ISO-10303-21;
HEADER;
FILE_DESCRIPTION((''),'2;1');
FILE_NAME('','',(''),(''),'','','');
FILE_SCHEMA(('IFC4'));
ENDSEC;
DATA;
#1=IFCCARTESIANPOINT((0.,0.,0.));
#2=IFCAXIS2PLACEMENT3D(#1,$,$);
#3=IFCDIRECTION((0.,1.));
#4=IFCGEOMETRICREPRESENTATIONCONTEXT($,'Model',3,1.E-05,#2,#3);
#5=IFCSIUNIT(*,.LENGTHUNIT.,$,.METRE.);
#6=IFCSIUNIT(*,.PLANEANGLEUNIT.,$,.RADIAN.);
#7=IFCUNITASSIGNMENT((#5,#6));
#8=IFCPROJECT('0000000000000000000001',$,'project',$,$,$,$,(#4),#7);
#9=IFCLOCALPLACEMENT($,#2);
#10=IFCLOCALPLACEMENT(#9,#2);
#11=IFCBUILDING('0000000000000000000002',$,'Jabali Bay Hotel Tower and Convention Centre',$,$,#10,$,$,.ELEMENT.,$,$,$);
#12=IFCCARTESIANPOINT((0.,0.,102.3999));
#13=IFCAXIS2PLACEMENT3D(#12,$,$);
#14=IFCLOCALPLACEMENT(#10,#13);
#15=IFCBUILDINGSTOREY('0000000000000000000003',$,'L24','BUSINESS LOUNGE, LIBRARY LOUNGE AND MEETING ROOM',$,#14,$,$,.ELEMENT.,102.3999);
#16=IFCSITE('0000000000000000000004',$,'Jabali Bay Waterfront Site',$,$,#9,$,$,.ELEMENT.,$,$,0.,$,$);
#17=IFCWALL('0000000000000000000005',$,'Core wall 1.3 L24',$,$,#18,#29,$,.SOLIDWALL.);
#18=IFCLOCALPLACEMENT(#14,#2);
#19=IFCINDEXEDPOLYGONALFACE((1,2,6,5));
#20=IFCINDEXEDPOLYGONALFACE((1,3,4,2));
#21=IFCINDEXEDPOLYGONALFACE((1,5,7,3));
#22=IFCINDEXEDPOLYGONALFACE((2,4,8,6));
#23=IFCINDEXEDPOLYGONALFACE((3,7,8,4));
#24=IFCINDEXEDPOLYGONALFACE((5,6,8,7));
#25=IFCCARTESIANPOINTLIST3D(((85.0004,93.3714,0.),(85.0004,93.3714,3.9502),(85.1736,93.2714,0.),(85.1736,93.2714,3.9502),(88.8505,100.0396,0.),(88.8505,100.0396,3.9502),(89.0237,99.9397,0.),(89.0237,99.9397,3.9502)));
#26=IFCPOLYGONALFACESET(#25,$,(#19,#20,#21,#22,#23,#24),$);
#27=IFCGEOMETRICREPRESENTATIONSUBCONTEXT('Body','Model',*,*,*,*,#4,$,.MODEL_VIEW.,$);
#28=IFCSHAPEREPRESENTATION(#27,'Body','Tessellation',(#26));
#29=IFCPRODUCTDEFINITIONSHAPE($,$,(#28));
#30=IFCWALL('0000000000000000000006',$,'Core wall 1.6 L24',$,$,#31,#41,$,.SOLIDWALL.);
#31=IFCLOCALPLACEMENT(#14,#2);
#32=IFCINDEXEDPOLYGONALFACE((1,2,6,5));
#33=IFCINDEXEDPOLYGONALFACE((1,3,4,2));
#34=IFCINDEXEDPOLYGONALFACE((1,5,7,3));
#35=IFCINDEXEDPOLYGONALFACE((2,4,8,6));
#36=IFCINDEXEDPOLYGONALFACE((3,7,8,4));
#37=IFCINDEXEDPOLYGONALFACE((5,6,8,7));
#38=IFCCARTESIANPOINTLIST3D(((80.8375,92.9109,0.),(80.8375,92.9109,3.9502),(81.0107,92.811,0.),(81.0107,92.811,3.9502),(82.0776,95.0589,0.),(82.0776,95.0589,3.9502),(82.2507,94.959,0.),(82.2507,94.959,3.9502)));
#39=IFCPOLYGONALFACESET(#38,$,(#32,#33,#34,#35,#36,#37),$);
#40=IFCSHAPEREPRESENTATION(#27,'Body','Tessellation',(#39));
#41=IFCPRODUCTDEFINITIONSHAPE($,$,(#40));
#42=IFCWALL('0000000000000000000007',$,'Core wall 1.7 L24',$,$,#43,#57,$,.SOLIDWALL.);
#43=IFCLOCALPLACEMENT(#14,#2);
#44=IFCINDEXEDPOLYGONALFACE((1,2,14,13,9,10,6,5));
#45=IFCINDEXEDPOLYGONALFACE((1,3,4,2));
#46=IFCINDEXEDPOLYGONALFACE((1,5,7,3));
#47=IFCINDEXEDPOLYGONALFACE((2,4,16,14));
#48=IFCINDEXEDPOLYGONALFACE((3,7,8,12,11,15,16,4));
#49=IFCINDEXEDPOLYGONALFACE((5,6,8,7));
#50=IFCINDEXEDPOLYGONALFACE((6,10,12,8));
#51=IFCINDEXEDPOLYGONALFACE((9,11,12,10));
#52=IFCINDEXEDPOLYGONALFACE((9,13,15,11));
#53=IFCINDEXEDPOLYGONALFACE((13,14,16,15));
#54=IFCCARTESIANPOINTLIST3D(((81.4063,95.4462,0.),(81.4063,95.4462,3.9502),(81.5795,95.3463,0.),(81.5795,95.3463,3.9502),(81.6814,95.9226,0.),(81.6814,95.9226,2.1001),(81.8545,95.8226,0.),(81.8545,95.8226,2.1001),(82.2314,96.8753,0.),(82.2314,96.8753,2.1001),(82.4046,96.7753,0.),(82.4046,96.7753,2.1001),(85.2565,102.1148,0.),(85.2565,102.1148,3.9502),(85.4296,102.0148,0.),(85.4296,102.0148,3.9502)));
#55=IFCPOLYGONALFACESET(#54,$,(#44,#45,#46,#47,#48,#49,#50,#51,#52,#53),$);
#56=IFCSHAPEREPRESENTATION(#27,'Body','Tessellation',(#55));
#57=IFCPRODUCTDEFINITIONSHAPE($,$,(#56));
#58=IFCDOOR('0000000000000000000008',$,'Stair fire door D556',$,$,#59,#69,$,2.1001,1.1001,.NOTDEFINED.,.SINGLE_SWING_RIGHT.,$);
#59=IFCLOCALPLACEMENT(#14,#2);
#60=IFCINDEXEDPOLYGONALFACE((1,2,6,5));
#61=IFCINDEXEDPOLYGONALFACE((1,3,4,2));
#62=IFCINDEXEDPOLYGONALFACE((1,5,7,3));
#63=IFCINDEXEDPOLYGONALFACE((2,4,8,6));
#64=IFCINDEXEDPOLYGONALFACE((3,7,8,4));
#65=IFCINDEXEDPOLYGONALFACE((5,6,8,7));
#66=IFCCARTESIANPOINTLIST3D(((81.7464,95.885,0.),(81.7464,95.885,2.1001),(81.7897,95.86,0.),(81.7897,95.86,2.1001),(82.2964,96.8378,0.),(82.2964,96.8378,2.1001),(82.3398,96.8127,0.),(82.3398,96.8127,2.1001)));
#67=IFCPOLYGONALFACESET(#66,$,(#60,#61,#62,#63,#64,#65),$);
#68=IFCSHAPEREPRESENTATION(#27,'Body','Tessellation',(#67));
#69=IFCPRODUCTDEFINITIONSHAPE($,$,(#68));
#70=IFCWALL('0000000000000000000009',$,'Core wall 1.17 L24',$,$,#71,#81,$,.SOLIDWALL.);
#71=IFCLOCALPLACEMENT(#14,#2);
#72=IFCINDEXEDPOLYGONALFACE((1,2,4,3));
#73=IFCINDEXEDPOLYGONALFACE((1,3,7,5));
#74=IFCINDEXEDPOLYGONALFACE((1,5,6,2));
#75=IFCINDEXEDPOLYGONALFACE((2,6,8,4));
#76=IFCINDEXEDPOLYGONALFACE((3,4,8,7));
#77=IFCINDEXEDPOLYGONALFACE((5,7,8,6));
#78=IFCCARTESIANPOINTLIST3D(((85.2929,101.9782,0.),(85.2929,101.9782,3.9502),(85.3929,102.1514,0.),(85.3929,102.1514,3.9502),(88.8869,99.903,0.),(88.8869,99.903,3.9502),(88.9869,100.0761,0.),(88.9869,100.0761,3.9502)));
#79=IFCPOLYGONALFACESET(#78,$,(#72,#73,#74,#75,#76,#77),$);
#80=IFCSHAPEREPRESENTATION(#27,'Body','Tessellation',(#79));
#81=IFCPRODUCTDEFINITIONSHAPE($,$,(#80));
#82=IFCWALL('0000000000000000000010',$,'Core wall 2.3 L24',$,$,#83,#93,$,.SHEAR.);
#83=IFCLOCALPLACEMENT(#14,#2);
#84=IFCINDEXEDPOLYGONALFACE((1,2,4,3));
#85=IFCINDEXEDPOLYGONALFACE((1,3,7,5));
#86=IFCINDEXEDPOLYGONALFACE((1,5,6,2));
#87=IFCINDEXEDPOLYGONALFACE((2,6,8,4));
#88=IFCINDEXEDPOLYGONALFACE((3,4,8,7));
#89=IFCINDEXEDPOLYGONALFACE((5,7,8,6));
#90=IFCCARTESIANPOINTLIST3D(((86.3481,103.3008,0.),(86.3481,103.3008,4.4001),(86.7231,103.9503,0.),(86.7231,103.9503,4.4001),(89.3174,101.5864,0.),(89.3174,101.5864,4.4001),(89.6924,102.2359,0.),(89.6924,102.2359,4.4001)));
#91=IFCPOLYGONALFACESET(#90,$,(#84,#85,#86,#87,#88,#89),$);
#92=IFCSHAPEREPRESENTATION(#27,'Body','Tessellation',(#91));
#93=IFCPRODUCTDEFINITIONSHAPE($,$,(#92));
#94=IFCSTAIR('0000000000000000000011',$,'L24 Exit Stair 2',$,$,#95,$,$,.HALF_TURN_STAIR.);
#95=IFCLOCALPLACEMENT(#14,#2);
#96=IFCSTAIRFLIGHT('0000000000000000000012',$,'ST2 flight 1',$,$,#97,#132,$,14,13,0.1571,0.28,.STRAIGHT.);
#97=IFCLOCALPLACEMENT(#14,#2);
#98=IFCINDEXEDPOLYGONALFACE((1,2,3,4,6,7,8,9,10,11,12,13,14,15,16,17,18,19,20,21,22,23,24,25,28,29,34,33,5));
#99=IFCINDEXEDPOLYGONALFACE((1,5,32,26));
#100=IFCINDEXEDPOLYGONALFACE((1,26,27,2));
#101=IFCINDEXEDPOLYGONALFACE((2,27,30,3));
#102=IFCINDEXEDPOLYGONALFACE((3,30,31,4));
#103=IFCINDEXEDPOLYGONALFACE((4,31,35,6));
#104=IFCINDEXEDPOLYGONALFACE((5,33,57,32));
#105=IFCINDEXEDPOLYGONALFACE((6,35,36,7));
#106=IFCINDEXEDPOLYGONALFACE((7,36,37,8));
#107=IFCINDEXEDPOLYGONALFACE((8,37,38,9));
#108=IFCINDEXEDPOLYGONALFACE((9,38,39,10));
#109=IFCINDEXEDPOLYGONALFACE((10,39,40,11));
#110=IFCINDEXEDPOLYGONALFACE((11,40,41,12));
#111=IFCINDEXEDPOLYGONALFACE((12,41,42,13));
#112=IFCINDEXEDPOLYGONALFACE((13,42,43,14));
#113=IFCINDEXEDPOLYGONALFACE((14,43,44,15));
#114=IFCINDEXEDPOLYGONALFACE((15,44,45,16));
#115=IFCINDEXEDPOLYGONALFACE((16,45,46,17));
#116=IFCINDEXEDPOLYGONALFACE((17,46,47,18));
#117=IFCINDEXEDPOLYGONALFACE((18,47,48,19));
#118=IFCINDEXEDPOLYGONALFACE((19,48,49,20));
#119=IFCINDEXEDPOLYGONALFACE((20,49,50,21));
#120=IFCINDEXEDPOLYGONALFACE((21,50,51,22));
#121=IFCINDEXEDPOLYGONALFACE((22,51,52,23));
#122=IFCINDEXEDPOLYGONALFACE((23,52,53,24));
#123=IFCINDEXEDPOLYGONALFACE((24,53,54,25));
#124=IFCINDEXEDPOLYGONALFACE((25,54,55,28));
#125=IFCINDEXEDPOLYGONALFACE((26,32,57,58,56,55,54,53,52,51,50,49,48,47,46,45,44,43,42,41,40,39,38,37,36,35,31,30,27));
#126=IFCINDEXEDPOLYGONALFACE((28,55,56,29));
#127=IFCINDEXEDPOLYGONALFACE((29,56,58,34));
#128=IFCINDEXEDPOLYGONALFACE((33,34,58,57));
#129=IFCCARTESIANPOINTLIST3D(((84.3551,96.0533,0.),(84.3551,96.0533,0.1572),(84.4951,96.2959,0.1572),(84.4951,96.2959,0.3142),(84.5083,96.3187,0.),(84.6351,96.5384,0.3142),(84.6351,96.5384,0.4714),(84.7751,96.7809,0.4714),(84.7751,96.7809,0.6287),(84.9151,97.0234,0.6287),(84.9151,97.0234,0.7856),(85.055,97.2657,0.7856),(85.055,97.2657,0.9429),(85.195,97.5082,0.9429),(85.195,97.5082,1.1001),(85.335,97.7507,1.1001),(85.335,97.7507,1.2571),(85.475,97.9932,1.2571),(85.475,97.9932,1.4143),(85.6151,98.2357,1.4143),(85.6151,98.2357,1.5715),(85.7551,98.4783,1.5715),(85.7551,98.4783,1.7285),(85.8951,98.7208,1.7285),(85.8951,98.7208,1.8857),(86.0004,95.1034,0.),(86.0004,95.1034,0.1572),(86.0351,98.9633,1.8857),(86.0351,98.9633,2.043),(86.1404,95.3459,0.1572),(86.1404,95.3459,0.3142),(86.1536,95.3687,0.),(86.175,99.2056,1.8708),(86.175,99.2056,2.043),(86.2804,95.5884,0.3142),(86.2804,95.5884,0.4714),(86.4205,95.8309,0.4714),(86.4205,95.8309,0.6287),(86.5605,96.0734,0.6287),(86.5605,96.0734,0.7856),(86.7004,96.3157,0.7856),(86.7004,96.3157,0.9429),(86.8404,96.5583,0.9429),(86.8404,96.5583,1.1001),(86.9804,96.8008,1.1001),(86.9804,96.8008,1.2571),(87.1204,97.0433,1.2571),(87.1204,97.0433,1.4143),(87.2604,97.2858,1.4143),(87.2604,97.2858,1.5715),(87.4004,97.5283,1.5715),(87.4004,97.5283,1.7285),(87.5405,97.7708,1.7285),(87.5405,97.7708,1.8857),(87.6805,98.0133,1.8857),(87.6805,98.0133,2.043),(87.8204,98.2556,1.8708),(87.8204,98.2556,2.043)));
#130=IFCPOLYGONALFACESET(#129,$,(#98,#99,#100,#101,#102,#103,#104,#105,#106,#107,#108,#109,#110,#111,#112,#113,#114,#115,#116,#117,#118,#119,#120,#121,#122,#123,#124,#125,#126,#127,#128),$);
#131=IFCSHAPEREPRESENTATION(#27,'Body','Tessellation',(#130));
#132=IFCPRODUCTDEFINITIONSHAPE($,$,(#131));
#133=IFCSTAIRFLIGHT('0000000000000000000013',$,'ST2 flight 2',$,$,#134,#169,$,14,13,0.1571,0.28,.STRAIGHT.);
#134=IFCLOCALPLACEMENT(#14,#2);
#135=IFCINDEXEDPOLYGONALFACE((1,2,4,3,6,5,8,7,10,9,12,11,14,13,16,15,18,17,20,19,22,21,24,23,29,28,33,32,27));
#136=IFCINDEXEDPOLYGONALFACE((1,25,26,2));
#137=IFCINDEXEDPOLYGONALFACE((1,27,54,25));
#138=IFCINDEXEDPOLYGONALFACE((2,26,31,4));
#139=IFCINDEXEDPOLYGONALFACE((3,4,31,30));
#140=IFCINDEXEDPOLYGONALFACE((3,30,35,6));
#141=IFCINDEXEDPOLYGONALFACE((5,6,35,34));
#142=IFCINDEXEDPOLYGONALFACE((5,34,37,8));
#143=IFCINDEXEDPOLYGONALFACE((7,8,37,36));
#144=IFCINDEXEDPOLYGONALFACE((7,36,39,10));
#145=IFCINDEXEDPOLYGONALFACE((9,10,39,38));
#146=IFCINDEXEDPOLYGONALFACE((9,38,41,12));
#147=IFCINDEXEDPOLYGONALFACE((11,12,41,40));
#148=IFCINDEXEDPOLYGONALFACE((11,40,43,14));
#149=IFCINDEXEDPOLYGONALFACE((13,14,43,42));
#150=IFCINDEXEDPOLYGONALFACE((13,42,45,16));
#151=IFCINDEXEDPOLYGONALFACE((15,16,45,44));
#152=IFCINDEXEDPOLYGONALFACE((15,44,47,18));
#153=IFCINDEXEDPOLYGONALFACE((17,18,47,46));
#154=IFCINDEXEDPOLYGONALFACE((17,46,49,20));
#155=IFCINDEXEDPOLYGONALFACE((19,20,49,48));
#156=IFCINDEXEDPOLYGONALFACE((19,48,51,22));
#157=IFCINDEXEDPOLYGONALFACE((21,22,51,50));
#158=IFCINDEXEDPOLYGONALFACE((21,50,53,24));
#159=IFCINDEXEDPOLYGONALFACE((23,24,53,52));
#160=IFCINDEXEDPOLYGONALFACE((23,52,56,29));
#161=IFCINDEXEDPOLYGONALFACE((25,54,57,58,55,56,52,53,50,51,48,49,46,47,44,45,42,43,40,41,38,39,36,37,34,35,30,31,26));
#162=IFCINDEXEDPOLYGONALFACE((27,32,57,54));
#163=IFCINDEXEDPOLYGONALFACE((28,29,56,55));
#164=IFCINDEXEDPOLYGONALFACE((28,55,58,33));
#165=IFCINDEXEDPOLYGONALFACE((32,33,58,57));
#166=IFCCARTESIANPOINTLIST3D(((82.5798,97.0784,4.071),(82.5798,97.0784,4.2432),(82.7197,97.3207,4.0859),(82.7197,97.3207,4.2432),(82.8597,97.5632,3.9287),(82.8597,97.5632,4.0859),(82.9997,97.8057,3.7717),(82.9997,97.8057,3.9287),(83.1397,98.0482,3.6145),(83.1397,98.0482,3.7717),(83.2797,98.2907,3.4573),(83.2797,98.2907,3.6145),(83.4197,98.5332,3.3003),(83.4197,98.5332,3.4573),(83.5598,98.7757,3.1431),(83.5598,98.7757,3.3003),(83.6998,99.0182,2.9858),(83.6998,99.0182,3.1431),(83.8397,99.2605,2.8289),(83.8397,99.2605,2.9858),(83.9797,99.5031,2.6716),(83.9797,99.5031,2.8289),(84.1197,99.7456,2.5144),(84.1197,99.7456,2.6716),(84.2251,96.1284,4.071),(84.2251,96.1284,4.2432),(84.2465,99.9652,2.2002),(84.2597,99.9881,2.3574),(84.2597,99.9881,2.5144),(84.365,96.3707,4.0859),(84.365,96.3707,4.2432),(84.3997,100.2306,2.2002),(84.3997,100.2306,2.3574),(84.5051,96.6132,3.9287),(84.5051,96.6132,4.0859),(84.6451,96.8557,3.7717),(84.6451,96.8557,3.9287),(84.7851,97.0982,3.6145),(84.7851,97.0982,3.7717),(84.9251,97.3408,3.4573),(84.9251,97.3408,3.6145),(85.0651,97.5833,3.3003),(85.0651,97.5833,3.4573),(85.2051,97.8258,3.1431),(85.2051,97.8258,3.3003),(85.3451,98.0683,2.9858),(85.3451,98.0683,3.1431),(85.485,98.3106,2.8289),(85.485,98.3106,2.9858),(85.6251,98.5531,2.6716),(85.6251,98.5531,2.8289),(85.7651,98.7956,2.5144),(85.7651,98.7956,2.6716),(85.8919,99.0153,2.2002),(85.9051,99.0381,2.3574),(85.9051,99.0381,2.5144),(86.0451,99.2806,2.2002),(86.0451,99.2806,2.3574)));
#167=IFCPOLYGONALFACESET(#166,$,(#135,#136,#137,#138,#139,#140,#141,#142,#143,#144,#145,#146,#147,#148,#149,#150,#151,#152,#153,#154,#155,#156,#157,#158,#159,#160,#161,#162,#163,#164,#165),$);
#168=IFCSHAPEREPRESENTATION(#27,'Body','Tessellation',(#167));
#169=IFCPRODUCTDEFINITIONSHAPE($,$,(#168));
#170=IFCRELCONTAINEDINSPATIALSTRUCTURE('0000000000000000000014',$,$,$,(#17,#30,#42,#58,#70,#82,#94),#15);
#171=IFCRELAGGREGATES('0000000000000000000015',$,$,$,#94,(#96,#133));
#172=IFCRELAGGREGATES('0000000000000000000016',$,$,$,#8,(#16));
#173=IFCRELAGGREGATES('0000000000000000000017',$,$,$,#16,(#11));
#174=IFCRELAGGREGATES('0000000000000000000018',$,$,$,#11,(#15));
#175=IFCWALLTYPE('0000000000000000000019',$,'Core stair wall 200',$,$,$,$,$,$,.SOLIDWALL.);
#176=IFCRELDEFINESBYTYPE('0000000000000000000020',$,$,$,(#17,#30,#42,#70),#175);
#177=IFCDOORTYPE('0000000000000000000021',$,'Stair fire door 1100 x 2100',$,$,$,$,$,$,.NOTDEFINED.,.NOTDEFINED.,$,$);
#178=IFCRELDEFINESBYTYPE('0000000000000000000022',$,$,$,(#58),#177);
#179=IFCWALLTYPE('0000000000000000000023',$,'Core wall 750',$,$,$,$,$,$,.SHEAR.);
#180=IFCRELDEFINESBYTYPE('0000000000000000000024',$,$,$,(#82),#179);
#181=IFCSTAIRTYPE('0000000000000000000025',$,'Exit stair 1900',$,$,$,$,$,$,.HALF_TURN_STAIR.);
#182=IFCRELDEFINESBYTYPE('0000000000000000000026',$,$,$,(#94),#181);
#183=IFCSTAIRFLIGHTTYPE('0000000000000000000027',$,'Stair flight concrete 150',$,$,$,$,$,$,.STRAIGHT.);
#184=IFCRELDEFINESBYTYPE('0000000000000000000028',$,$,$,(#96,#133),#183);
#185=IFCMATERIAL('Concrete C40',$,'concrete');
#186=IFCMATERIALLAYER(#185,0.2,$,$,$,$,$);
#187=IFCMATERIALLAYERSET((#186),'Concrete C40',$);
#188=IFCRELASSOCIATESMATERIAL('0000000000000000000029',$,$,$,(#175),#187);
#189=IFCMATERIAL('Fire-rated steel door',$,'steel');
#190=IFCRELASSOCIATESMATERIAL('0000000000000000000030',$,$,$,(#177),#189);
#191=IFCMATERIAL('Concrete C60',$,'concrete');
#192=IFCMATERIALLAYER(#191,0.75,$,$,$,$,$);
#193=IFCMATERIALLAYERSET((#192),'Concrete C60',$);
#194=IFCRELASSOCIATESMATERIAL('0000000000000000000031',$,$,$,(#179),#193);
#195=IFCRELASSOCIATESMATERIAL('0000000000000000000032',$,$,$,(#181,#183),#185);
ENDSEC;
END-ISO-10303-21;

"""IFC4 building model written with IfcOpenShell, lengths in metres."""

from ifc_helpers import new_model, si_unit, direction, frame, frame_2d, origin, place, context, subcontext, project, spatial, polyline, rectangle, outline, extrude, material, layer, layer_set, type_object, element, fill, aggregate, save


model = new_model("IFC4")

# Units and contexts
model_context = context("Model", 3, precision=1e-05, world=origin(), true_north=direction((0.0, 1.0)))
body_context = subcontext(model_context, "Body", "Model", "MODEL_VIEW")
ifc_project = project(units=[si_unit("LENGTHUNIT", "METRE"), si_unit("PLANEANGLEUNIT", "RADIAN")], contexts=[model_context])

# Site, building, storey
site_placement = place(None, origin())
site = spatial("IfcSite", under=ifc_project, at=site_placement, Name="Jabali Bay Waterfront Site", CompositionType="ELEMENT", RefElevation=0.0)
building_placement = place(site_placement, origin())
building = spatial("IfcBuilding", under=site, at=building_placement, Name="Jabali Bay Hotel Tower and Convention Centre", CompositionType="ELEMENT")
storey_placement = place(building_placement, frame((0.0, 0.0, 102.3999)))
storey = spatial("IfcBuildingStorey", under=building, at=storey_placement, Name="L24", Description="BUSINESS LOUNGE, LIBRARY LOUNGE AND MEETING ROOM", CompositionType="ELEMENT", Elevation=102.3999)

# Shared definitions
ifc_material_1 = material(Name="Concrete C40", Category="concrete")

# Shared definitions
ifc_material_2 = material(Name="Fire-rated steel door", Category="steel")

# Walls
ifc_layer_1 = layer(ifc_material_1, 0.2)
ifc_layer_set_1 = layer_set([ifc_layer_1], Name="Concrete C40")
wall_type_1 = type_object("IfcWallType", Name="Core stair wall 200", PredefinedType="SOLIDWALL", material=ifc_layer_set_1)
wall_1_placement = place(storey_placement, frame((85.0869, 93.3213, 0.0), z_axis=(0.0, 0.0, 1.0), x_axis=(0.50002, 0.866014, 0.0)))
element("IfcWall", 1, at=wall_1_placement, inside=storey, type_object=wall_type_1, Name="Core wall 1.3 L24", PredefinedType="SOLIDWALL", context=body_context, shape_type="SweptSolid", body=[
    extrude(rectangle(XDim=7.7, YDim=0.2, at=frame_2d((3.8501, 0.0))), origin(), (0.0, 0.0, 1.0), 3.9502),
])
wall_2_placement = place(storey_placement, frame((80.9241, 92.8608, 0.0), z_axis=(0.0, 0.0, 1.0), x_axis=(0.499961, 0.866048, 0.0)))
element("IfcWall", 2, at=wall_2_placement, inside=storey, type_object=wall_type_1, Name="Core wall 1.6 L24", PredefinedType="SOLIDWALL", context=body_context, shape_type="SweptSolid", body=[
    extrude(rectangle(XDim=2.4802, YDim=0.2, at=frame_2d((1.2402, 0.0))), origin(), (0.0, 0.0, 1.0), 3.9502),
])

# Wall, opening, door
wall_3_placement = place(storey_placement, frame((81.4929, 95.3962, 0.0), z_axis=(0.0, 0.0, 1.0), x_axis=(0.500006, 0.866022, 0.0)))
wall_3 = element("IfcWall", 3, at=wall_3_placement, inside=storey, type_object=wall_type_1, Name="Core wall 1.7 L24", PredefinedType="SOLIDWALL", context=body_context, shape_type="SweptSolid", body=[
    extrude(rectangle(XDim=7.7002, YDim=0.2, at=frame_2d((3.8501, 0.0))), origin(), (0.0, 0.0, 1.0), 3.9502),
])
opening_1_placement = place(wall_3_placement, frame((0.55, 0.0, 0.0)))
opening_1 = element("IfcOpeningElement", 4, at=opening_1_placement, cuts=wall_3, PredefinedType="OPENING", context=body_context, shape_type="SweptSolid", body=[
    extrude(rectangle(XDim=1.1001, YDim=2.1001, at=frame_2d((0.55, 1.05))), frame((0.0, 0.1104, 0.0), z_axis=(0.0, -1.0, 0.0), x_axis=(1.0, 0.0, 0.0)), (0.0, 0.0, 1.0), 0.2209),
])
door_type_1 = type_object("IfcDoorType", Name="Stair fire door 1100 x 2100", OperationType="NOTDEFINED", PredefinedType="NOTDEFINED", material=ifc_material_2)
door_1_placement = place(opening_1_placement, origin())
door_1 = element("IfcDoor", 5, at=door_1_placement, inside=storey, type_object=door_type_1, Name="Stair fire door D556", OperationType="SINGLE_SWING_RIGHT", OverallHeight=2.1001, OverallWidth=1.1001, PredefinedType="NOTDEFINED", context=body_context, shape_type="SweptSolid", body=[
    extrude(rectangle(XDim=1.1001, YDim=2.1001, at=frame_2d((0.55, 1.05))), frame((0.0, 0.0249, 0.0), z_axis=(0.0, -1.0, 0.0), x_axis=(1.0, 0.0, 0.0)), (0.0, 0.0, 1.0), 0.05),
])
fill(opening_1, door_1)

# Walls
wall_4_placement = place(storey_placement, frame((88.937, 99.9895, 0.0), z_axis=(0.0, 0.0, 1.0), x_axis=(-0.866004, 0.500036, 0.0)))
element("IfcWall", 6, at=wall_4_placement, inside=storey, type_object=wall_type_1, Name="Core wall 1.17 L24", PredefinedType="SOLIDWALL", context=body_context, shape_type="SweptSolid", body=[
    extrude(rectangle(XDim=4.1501, YDim=0.2, at=frame_2d((2.0752, 0.0))), origin(), (0.0, 0.0, 1.0), 3.9502),
])
ifc_material_3 = material(Name="Concrete C60", Category="concrete")
ifc_layer_2 = layer(ifc_material_3, 0.75)
ifc_layer_set_2 = layer_set([ifc_layer_2], Name="Concrete C60")
wall_type_2 = type_object("IfcWallType", Name="Core wall 750", PredefinedType="SHEAR", material=ifc_layer_set_2)
wall_5_placement = place(storey_placement, frame((89.5049, 101.9111, 0.0), z_axis=(0.0, 0.0, 1.0), x_axis=(-0.866017, 0.500014, 0.0)))
element("IfcWall", 7, at=wall_5_placement, inside=storey, type_object=wall_type_2, Name="Core wall 2.3 L24", PredefinedType="SHEAR", context=body_context, shape_type="SweptSolid", body=[
    extrude(rectangle(XDim=3.4287, YDim=0.75, at=frame_2d((1.7144, 0.0))), origin(), (0.0, 0.0, 1.0), 4.4001),
])

# Stair, stair flights
stair_type = type_object("IfcStairType", Name="Exit stair 1900", PredefinedType="HALF_TURN_STAIR", material=ifc_material_1)
stair_placement = place(storey_placement, origin())
stair = element("IfcStair", 8, at=stair_placement, inside=storey, type_object=stair_type, Name="L24 Exit Stair 2", PredefinedType="HALF_TURN_STAIR")
stair_flight_type = type_object("IfcStairFlightType", Name="Stair flight concrete 150", PredefinedType="STRAIGHT", material=ifc_material_1)
stair_flight_1_placement = place(storey_placement, frame((85.1777, 95.5784, 0.0), z_axis=(0.0, 0.0, 1.0), x_axis=(0.5, 0.866025, 0.0)))
stair_flight_1 = element("IfcStairFlight", 9, at=stair_flight_1_placement, type_object=stair_flight_type, Name="ST2 flight 1", NumberOfRisers=14, NumberOfTreads=13, PredefinedType="STRAIGHT", RiserHeight=0.1571, TreadLength=0.28, context=body_context, shape_type="SweptSolid", body=[
    extrude(outline(polyline([(0.0, 0.0), (0.0, 0.1572), (0.28, 0.1572), (0.28, 0.3142), (0.5601, 0.3142), (0.5601, 0.4714), (0.8401, 0.4714), (0.8401, 0.6287), (1.1201, 0.6287), (1.1201, 0.7856), (1.3999, 0.7856), (1.3999, 0.9429), (1.6799, 0.9429), (1.6799, 1.1001), (1.96, 1.1001), (1.96, 1.2571), (2.24, 1.2571), (2.24, 1.4143), (2.52, 1.4143), (2.52, 1.5715), (2.8, 1.5715), (2.8, 1.7285), (3.0801, 1.7285), (3.0801, 1.8857), (3.3601, 1.8857), (3.3601, 2.043), (3.6399, 2.043), (3.6399, 2.2), (3.6399, 1.8708), (0.3064, 0.0), (0.0, 0.0)])), frame((0.0, 0.95, 0.0), z_axis=(0.0, -1.0, 0.0), x_axis=(1.0, 0.0, 0.0)), (0.0, 0.0, 1.0), 1.8999),
])
stair_flight_2_placement = place(storey_placement, frame((85.2224, 99.7556, 2.2002), z_axis=(0.0, 0.0, 1.0), x_axis=(-0.5, -0.866025, 0.0)))
stair_flight_2 = element("IfcStairFlight", 10, at=stair_flight_2_placement, type_object=stair_flight_type, Name="ST2 flight 2", NumberOfRisers=14, NumberOfTreads=13, PredefinedType="STRAIGHT", RiserHeight=0.1571, TreadLength=0.28, context=body_context, shape_type="SweptSolid", body=[
    extrude(outline(polyline([(0.0, 0.0), (0.0, 0.1572), (0.28, 0.1572), (0.28, 0.3142), (0.5601, 0.3142), (0.5601, 0.4714), (0.8401, 0.4714), (0.8401, 0.6287), (1.1201, 0.6287), (1.1201, 0.7856), (1.3999, 0.7856), (1.3999, 0.9429), (1.6799, 0.9429), (1.6799, 1.1001), (1.96, 1.1001), (1.96, 1.2571), (2.24, 1.2571), (2.24, 1.4143), (2.52, 1.4143), (2.52, 1.5715), (2.8, 1.5715), (2.8, 1.7285), (3.0801, 1.7285), (3.0801, 1.8857), (3.3601, 1.8857), (3.3601, 2.043), (3.6399, 2.043), (3.6399, 2.2), (3.6399, 1.8708), (0.3064, 0.0), (0.0, 0.0)])), frame((0.0, 0.95, 0.0), z_axis=(0.0, -1.0, 0.0), x_axis=(1.0, 0.0, 0.0)), (0.0, 0.0, 1.0), 1.8999),
])
aggregate(stair, [stair_flight_1, stair_flight_2])

save(model, "model.ifc")
